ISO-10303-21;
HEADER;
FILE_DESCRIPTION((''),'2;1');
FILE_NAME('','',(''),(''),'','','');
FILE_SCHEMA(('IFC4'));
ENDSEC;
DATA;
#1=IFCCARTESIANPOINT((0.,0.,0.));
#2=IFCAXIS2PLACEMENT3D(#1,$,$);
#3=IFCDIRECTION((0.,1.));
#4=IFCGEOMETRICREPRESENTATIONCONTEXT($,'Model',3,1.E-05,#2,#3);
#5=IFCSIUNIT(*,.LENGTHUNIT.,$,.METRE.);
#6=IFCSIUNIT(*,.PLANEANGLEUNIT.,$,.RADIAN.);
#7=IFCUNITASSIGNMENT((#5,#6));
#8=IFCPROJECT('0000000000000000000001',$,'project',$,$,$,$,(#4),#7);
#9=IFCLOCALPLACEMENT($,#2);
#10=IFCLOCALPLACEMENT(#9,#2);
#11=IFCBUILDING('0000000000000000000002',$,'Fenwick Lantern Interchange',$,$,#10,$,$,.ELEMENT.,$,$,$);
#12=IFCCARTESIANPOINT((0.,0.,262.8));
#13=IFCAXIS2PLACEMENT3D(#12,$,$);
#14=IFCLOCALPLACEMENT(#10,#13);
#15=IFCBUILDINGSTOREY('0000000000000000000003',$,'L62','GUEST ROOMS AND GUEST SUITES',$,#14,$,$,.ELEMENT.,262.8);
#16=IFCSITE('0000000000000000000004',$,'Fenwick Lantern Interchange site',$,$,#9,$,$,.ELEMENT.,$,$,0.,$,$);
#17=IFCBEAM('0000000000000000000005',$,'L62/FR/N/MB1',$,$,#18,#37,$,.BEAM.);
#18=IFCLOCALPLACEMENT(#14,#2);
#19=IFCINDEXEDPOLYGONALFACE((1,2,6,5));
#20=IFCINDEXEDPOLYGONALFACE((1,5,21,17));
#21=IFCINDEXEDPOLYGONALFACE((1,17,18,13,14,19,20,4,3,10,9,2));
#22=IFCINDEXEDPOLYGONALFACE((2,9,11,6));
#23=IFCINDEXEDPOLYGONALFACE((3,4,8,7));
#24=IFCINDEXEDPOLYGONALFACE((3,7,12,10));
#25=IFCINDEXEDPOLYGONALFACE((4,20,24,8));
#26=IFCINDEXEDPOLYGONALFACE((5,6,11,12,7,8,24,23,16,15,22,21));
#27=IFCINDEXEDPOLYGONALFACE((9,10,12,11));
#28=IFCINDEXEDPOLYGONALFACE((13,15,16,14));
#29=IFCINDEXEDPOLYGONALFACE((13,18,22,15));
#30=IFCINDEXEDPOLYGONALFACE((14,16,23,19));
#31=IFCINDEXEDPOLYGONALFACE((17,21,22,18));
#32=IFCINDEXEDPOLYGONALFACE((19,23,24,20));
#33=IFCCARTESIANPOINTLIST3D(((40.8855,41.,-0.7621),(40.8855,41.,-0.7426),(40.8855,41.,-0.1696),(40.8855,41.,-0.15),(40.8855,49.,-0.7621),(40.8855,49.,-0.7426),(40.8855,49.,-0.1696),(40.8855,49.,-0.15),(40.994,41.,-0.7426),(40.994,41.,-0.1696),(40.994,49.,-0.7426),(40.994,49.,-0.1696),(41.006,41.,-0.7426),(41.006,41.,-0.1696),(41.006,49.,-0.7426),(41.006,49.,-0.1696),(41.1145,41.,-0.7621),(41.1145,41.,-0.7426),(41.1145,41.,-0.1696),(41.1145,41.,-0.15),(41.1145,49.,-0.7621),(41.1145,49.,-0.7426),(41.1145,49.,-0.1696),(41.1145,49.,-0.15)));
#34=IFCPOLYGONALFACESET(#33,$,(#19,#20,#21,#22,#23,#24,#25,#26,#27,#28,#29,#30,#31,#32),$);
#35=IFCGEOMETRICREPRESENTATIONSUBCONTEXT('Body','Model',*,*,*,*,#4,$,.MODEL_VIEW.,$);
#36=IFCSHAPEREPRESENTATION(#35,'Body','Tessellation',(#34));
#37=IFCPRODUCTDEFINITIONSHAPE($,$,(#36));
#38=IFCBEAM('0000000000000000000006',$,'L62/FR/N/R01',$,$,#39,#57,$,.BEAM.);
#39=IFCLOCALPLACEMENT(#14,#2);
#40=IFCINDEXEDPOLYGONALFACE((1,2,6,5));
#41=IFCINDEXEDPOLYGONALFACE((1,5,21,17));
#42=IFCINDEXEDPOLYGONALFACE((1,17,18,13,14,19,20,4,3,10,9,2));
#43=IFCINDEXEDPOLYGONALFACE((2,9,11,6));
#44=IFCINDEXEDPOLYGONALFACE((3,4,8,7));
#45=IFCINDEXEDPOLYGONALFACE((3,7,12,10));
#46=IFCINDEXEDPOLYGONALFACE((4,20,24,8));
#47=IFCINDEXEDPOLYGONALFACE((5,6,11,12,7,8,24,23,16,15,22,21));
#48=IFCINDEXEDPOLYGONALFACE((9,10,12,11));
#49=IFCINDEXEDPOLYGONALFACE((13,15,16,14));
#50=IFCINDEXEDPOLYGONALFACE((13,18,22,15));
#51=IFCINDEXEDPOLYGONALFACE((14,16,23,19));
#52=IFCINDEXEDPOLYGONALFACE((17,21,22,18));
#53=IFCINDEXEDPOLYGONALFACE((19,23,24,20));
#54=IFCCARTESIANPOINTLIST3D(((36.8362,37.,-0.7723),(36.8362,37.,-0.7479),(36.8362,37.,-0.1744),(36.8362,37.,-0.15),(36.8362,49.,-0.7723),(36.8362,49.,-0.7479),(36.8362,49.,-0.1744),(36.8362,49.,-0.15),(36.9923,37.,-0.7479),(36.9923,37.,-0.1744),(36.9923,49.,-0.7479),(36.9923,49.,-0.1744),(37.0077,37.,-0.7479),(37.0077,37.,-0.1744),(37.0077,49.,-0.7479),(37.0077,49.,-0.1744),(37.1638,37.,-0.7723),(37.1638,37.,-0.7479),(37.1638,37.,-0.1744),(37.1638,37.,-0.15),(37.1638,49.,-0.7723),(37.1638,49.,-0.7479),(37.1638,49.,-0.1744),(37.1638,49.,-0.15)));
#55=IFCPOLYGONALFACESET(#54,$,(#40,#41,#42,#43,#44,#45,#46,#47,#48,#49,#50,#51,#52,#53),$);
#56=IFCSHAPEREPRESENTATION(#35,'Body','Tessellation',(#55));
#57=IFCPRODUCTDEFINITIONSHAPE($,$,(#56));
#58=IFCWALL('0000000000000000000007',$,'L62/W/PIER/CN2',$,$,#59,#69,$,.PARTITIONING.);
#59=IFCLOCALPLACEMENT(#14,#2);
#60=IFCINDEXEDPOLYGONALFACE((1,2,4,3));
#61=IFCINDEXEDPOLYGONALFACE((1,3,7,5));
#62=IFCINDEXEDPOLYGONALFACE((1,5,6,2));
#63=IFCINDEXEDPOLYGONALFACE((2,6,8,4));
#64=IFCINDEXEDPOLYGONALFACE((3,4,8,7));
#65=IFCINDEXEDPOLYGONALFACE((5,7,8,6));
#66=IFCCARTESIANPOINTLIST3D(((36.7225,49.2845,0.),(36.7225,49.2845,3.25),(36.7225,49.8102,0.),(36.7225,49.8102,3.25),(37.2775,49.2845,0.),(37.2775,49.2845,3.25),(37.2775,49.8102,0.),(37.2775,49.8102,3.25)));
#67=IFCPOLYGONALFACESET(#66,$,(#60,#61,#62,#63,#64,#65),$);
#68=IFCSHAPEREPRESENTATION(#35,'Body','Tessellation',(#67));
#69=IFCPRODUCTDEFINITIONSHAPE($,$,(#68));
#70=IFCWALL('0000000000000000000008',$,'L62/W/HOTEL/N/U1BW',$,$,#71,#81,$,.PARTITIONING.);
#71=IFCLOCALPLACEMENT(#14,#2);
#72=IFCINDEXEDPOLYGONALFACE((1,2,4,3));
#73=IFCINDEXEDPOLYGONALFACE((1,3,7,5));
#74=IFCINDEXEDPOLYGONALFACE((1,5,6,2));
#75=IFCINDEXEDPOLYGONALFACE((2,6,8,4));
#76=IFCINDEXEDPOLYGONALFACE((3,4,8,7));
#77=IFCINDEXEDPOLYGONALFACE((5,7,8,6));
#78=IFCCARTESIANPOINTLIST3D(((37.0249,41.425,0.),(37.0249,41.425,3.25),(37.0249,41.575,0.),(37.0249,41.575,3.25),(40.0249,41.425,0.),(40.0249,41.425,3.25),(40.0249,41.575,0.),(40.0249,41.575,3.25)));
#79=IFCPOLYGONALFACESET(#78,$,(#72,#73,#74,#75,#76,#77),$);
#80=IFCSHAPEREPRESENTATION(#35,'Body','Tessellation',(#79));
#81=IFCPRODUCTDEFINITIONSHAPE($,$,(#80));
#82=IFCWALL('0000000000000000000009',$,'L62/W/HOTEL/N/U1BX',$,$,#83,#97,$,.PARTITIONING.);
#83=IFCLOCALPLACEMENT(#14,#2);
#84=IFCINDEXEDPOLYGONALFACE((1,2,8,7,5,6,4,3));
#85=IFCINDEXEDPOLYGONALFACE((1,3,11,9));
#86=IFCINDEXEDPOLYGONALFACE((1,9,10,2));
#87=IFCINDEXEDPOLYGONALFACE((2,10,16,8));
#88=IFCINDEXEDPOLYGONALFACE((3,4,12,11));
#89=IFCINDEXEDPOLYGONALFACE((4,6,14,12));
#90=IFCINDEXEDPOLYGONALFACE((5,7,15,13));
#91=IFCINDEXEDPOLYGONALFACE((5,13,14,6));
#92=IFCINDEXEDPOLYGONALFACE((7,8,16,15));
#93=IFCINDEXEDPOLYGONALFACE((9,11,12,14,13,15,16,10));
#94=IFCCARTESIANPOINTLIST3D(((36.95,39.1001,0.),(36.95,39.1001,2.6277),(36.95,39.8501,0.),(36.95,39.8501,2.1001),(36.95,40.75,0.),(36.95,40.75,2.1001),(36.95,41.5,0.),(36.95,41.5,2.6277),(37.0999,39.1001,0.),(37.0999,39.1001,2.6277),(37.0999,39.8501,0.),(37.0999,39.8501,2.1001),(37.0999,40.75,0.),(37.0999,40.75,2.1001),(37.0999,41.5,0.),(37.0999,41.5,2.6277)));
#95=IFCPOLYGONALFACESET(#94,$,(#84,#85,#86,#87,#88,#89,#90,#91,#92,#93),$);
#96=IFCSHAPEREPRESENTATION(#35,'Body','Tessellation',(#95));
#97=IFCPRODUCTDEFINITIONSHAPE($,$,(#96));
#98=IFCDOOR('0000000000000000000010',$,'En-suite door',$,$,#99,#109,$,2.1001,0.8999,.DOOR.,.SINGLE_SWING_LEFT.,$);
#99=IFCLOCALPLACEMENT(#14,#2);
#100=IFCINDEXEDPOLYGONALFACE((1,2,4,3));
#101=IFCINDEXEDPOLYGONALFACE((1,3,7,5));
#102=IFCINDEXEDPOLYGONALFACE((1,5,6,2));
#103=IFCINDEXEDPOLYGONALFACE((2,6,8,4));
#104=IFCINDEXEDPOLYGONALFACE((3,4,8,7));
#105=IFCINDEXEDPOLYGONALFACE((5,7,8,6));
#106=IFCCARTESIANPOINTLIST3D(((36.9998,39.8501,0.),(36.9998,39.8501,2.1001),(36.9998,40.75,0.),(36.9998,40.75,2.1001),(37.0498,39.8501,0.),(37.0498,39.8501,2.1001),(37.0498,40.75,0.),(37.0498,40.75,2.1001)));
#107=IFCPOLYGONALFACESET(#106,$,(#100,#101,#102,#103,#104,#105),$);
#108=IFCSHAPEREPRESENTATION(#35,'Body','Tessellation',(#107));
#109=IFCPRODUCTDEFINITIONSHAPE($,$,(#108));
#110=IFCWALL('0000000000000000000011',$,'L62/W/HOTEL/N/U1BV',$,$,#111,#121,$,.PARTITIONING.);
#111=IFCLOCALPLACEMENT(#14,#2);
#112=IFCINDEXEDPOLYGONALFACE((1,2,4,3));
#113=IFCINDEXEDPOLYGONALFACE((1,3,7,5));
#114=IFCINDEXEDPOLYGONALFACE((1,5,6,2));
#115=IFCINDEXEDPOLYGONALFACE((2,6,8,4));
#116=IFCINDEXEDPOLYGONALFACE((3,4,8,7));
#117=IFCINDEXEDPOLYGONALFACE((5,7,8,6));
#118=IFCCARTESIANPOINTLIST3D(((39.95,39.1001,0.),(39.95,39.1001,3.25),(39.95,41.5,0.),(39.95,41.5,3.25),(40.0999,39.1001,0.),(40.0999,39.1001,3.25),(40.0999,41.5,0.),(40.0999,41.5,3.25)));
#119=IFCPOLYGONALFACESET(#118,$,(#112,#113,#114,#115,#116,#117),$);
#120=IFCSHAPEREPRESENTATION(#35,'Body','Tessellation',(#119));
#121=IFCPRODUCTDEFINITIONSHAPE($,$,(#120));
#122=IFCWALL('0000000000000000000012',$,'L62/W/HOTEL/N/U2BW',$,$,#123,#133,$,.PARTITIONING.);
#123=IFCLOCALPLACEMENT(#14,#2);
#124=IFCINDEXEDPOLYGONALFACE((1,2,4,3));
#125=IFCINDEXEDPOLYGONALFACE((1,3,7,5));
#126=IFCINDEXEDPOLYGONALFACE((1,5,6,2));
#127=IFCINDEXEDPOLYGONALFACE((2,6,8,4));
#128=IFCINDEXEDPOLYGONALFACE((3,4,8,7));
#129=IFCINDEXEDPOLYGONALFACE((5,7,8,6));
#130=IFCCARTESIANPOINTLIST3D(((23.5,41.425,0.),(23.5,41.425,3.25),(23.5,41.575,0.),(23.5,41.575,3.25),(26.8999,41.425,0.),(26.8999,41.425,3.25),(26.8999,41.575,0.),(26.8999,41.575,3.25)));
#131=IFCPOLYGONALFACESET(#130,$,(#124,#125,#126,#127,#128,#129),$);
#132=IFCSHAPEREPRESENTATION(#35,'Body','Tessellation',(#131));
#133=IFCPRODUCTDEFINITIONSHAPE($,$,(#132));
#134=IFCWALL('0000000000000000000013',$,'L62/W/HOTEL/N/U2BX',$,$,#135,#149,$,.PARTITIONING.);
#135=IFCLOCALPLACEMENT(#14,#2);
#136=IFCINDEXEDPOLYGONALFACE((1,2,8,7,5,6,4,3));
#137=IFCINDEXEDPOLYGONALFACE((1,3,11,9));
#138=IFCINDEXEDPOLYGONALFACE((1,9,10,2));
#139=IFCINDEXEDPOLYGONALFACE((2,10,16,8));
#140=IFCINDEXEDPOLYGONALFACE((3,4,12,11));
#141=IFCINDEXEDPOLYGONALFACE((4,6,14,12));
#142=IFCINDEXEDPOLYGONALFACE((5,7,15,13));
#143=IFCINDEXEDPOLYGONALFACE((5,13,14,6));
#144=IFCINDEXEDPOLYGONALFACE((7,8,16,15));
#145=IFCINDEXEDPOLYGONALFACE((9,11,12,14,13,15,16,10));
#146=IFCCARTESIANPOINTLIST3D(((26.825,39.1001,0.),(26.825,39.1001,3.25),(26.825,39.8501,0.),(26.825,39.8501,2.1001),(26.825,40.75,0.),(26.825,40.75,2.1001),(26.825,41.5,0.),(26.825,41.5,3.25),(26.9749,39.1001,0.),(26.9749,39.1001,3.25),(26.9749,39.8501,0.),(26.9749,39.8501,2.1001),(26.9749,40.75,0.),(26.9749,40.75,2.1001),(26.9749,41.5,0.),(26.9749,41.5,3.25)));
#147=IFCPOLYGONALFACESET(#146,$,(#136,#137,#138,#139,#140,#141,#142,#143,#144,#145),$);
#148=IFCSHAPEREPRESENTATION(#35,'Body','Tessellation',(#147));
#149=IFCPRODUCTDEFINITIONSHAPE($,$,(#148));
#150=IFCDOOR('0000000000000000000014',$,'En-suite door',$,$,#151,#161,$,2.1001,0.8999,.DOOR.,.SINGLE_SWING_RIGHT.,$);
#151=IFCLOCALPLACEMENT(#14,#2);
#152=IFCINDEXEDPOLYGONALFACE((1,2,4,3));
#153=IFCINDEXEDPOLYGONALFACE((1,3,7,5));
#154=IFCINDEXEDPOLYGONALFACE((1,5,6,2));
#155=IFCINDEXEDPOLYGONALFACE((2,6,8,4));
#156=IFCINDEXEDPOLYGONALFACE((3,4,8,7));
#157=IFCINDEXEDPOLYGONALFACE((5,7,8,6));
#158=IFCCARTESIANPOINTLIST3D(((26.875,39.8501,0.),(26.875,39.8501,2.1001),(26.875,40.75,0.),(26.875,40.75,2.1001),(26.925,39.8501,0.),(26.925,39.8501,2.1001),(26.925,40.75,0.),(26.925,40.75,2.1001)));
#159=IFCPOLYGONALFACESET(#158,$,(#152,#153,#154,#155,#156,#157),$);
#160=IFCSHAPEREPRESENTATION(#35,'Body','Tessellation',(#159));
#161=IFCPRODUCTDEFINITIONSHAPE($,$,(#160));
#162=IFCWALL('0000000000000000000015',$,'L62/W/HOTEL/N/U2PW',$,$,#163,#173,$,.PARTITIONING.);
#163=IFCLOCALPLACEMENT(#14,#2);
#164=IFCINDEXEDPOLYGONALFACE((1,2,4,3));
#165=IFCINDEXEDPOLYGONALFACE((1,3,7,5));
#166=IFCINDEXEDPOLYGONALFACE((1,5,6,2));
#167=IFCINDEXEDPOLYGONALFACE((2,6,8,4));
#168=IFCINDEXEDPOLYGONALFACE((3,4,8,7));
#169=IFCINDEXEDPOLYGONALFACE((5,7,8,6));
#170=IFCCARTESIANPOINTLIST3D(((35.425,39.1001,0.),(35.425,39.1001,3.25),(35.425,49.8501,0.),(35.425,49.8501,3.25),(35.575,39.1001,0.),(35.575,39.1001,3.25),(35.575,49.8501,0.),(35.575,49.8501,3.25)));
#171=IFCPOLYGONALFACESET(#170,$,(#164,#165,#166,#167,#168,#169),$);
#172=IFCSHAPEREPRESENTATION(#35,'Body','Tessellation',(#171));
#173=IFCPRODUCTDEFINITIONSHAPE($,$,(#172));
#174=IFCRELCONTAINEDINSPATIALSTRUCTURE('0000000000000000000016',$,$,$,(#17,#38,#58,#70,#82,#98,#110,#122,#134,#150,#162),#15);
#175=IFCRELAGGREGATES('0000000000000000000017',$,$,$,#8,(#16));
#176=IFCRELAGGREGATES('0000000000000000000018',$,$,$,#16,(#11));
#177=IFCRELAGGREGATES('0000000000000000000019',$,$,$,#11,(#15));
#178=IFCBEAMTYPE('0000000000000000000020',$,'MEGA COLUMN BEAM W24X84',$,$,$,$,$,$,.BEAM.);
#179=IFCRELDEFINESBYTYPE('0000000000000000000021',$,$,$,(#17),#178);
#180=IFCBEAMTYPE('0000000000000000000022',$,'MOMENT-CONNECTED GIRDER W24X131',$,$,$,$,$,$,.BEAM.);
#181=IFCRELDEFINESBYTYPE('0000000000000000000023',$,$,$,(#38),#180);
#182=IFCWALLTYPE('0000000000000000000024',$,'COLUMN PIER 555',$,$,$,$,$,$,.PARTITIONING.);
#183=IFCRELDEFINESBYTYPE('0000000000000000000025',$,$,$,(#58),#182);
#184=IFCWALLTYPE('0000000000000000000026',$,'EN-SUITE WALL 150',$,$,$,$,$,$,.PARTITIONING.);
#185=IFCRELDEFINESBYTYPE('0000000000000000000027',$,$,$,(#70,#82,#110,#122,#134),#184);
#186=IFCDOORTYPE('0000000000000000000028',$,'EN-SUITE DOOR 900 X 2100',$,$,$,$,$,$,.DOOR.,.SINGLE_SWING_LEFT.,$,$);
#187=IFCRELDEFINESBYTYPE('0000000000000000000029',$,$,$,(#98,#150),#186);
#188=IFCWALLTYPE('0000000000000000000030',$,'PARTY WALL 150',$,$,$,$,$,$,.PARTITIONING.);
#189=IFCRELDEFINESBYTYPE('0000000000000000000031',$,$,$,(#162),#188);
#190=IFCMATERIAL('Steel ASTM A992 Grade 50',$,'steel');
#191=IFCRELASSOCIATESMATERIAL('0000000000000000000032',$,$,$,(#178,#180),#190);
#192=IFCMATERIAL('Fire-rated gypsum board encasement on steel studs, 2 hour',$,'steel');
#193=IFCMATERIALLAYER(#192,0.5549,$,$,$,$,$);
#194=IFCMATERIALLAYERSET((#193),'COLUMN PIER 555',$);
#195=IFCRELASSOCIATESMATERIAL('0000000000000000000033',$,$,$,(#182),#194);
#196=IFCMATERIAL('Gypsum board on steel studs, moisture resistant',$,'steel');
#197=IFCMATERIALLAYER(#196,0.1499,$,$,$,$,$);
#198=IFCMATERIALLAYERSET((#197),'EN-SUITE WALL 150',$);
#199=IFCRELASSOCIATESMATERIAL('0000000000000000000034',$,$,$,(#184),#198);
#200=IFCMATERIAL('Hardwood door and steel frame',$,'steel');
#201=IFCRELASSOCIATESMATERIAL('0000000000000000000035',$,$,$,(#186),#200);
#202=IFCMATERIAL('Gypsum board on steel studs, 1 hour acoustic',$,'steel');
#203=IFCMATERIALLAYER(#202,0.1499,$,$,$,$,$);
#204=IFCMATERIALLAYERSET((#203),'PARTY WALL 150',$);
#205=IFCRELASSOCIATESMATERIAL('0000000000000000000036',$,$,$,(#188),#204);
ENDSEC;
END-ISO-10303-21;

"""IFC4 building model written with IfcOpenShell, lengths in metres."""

from ifc_helpers import new_model, si_unit, direction, frame, frame_2d, origin, origin_2d, place, context, subcontext, project, spatial, rectangle, i_section, extrude, material, layer, layer_set, material_profile, profile_set, type_object, element, fill, save


model = new_model("IFC4")

# Units and contexts
model_context = context("Model", 3, precision=1e-05, world=origin(), true_north=direction((0.0, 1.0)))
body_context = subcontext(model_context, "Body", "Model", "MODEL_VIEW")
ifc_project = project(units=[si_unit("LENGTHUNIT", "METRE"), si_unit("PLANEANGLEUNIT", "RADIAN")], contexts=[model_context])

# Site, building, storey
site_placement = place(None, origin())
site = spatial("IfcSite", under=ifc_project, at=site_placement, Name="Fenwick Lantern Interchange site", CompositionType="ELEMENT", RefElevation=0.0)
building_placement = place(site_placement, origin())
building = spatial("IfcBuilding", under=site, at=building_placement, Name="Fenwick Lantern Interchange", CompositionType="ELEMENT")
storey_placement = place(building_placement, frame((0.0, 0.0, 262.8)))
storey = spatial("IfcBuildingStorey", under=building, at=storey_placement, Name="L62", Description="GUEST ROOMS AND GUEST SUITES", CompositionType="ELEMENT", Elevation=262.8)

# Shared definitions
ifc_material_1 = material(Name="Steel ASTM A992 Grade 50", Category="steel")

# Beams
ifc_material_profile_1 = material_profile(ifc_material_1, i_section(OverallWidth=0.229, OverallDepth=0.6121, WebThickness=0.012, FlangeThickness=0.0195, at=origin_2d()), Name="W24X84")
ifc_profile_set_1 = profile_set([ifc_material_profile_1], Name="Steel ASTM A992 Grade 50")
beam_type_1 = type_object("IfcBeamType", Name="MEGA COLUMN BEAM W24X84", PredefinedType="BEAM", material=ifc_profile_set_1)
beam_1_placement = place(storey_placement, frame((41.0, 41.0, -0.4561), z_axis=(0.0, 1.0, 0.0), x_axis=(-1.0, 0.0, 0.0)))
element("IfcBeam", 1, at=beam_1_placement, inside=storey, type_object=beam_type_1, Name="L62/FR/N/MB1", PredefinedType="BEAM", context=body_context, shape_type="SweptSolid", body=[
    extrude(i_section(OverallWidth=0.229, OverallDepth=0.6121, WebThickness=0.012, FlangeThickness=0.0195, at=origin_2d()), origin(), (0.0, 0.0, 1.0), 8.0),
])
ifc_material_profile_2 = material_profile(ifc_material_1, i_section(OverallWidth=0.3276, OverallDepth=0.6223, WebThickness=0.0154, FlangeThickness=0.0244, at=origin_2d()), Name="W24X131")
ifc_profile_set_2 = profile_set([ifc_material_profile_2], Name="Steel ASTM A992 Grade 50")
beam_type_2 = type_object("IfcBeamType", Name="MOMENT-CONNECTED GIRDER W24X131", PredefinedType="BEAM", material=ifc_profile_set_2)
beam_2_placement = place(storey_placement, frame((37.0, 49.0, -0.4612), z_axis=(0.0, -1.0, 0.0), x_axis=(1.0, 0.0, 0.0)))
element("IfcBeam", 2, at=beam_2_placement, inside=storey, type_object=beam_type_2, Name="L62/FR/N/R01", PredefinedType="BEAM", context=body_context, shape_type="SweptSolid", body=[
    extrude(i_section(OverallWidth=0.3276, OverallDepth=0.6223, WebThickness=0.0154, FlangeThickness=0.0244, at=origin_2d()), origin(), (0.0, 0.0, 1.0), 12.0),
])

# Walls
ifc_material_2 = material(Name="Fire-rated gypsum board encasement on steel studs, 2 hour", Category="steel")
ifc_layer_1 = layer(ifc_material_2, 0.5549)
ifc_layer_set_1 = layer_set([ifc_layer_1], Name="COLUMN PIER 555")
wall_type_1 = type_object("IfcWallType", Name="COLUMN PIER 555", PredefinedType="PARTITIONING", material=ifc_layer_set_1)
wall_1_placement = place(storey_placement, frame((37.0, 49.8101, 0.0), z_axis=(0.0, 0.0, 1.0), x_axis=(0.0, -1.0, 0.0)))
element("IfcWall", 3, at=wall_1_placement, inside=storey, type_object=wall_type_1, Name="L62/W/PIER/CN2", PredefinedType="PARTITIONING", context=body_context, shape_type="SweptSolid", body=[
    extrude(rectangle(XDim=0.5256, YDim=0.5549, at=frame_2d((0.2627, 0.0))), origin(), (0.0, 0.0, 1.0), 3.25),
])
ifc_material_3 = material(Name="Gypsum board on steel studs, moisture resistant", Category="steel")
ifc_layer_2 = layer(ifc_material_3, 0.1499)
ifc_layer_set_2 = layer_set([ifc_layer_2], Name="EN-SUITE WALL 150")
wall_type_2 = type_object("IfcWallType", Name="EN-SUITE WALL 150", PredefinedType="PARTITIONING", material=ifc_layer_set_2)
wall_2_placement = place(storey_placement, frame((40.0249, 41.5, 0.0), z_axis=(0.0, 0.0, 1.0), x_axis=(-1.0, 0.0, 0.0)))
element("IfcWall", 4, at=wall_2_placement, inside=storey, type_object=wall_type_2, Name="L62/W/HOTEL/N/U1BW", PredefinedType="PARTITIONING", context=body_context, shape_type="SweptSolid", body=[
    extrude(rectangle(XDim=3.0, YDim=0.1499, at=frame_2d((1.5, 0.0))), origin(), (0.0, 0.0, 1.0), 3.25),
])

# Wall, opening, door
wall_3_placement = place(storey_placement, frame((37.0249, 41.5, 0.0), z_axis=(0.0, 0.0, 1.0), x_axis=(0.0, -1.0, 0.0)))
wall_3 = element("IfcWall", 5, at=wall_3_placement, inside=storey, type_object=wall_type_2, Name="L62/W/HOTEL/N/U1BX", PredefinedType="PARTITIONING", context=body_context, shape_type="SweptSolid", body=[
    extrude(rectangle(XDim=2.3999, YDim=0.1499, at=frame_2d((1.2, 0.0))), origin(), (0.0, 0.0, 1.0), 2.6277),
])
opening_1_placement = place(wall_3_placement, frame((0.75, 0.0, 0.0)))
opening_1 = element("IfcOpeningElement", 6, at=opening_1_placement, cuts=wall_3, PredefinedType="OPENING", context=body_context, shape_type="SweptSolid", body=[
    extrude(rectangle(XDim=0.8999, YDim=2.1001, at=frame_2d((0.45, 1.05))), frame((0.0, 0.085, 0.0), z_axis=(0.0, -1.0, 0.0), x_axis=(1.0, 0.0, 0.0)), (0.0, 0.0, 1.0), 0.1699),
])
ifc_material_4 = material(Name="Hardwood door and steel frame", Category="steel")
door_type = type_object("IfcDoorType", Name="EN-SUITE DOOR 900 X 2100", OperationType="SINGLE_SWING_LEFT", PredefinedType="DOOR", material=ifc_material_4)
door_1_placement = place(opening_1_placement, origin())
door_1 = element("IfcDoor", 7, at=door_1_placement, inside=storey, type_object=door_type, Name="En-suite door", OperationType="SINGLE_SWING_LEFT", OverallHeight=2.1001, OverallWidth=0.8999, PredefinedType="DOOR", context=body_context, shape_type="SweptSolid", body=[
    extrude(rectangle(XDim=0.8999, YDim=2.1001, at=frame_2d((0.45, 1.05))), frame((0.0, 0.0249, 0.0), z_axis=(0.0, -1.0, 0.0), x_axis=(1.0, 0.0, 0.0)), (0.0, 0.0, 1.0), 0.05),
])
fill(opening_1, door_1)

# Walls
wall_4_placement = place(storey_placement, frame((40.0249, 41.5, 0.0), z_axis=(0.0, 0.0, 1.0), x_axis=(0.0, -1.0, 0.0)))
element("IfcWall", 8, at=wall_4_placement, inside=storey, type_object=wall_type_2, Name="L62/W/HOTEL/N/U1BV", PredefinedType="PARTITIONING", context=body_context, shape_type="SweptSolid", body=[
    extrude(rectangle(XDim=2.3999, YDim=0.1499, at=frame_2d((1.2, 0.0))), origin(), (0.0, 0.0, 1.0), 3.25),
])
wall_5_placement = place(storey_placement, frame((26.8999, 41.5, 0.0), z_axis=(0.0, 0.0, 1.0), x_axis=(-1.0, 0.0, 0.0)))
element("IfcWall", 9, at=wall_5_placement, inside=storey, type_object=wall_type_2, Name="L62/W/HOTEL/N/U2BW", PredefinedType="PARTITIONING", context=body_context, shape_type="SweptSolid", body=[
    extrude(rectangle(XDim=3.3999, YDim=0.1499, at=frame_2d((1.7, 0.0))), origin(), (0.0, 0.0, 1.0), 3.25),
])

# Wall, opening, door
wall_6_placement = place(storey_placement, frame((26.8999, 41.5, 0.0), z_axis=(0.0, 0.0, 1.0), x_axis=(0.0, -1.0, 0.0)))
wall_6 = element("IfcWall", 10, at=wall_6_placement, inside=storey, type_object=wall_type_2, Name="L62/W/HOTEL/N/U2BX", PredefinedType="PARTITIONING", context=body_context, shape_type="SweptSolid", body=[
    extrude(rectangle(XDim=2.3999, YDim=0.1499, at=frame_2d((1.2, 0.0))), origin(), (0.0, 0.0, 1.0), 3.25),
])
opening_2_placement = place(wall_6_placement, frame((0.75, 0.0, 0.0)))
opening_2 = element("IfcOpeningElement", 11, at=opening_2_placement, cuts=wall_6, PredefinedType="OPENING", context=body_context, shape_type="SweptSolid", body=[
    extrude(rectangle(XDim=0.8999, YDim=2.1001, at=frame_2d((0.45, 1.05))), frame((0.0, 0.085, 0.0), z_axis=(0.0, -1.0, 0.0), x_axis=(1.0, 0.0, 0.0)), (0.0, 0.0, 1.0), 0.1699),
])
door_2_placement = place(opening_2_placement, frame((0.8999, 0.0, 0.0), z_axis=(0.0, 0.0, 1.0), x_axis=(-1.0, 0.0, 0.0)))
door_2 = element("IfcDoor", 12, at=door_2_placement, inside=storey, type_object=door_type, Name="En-suite door", OperationType="SINGLE_SWING_RIGHT", OverallHeight=2.1001, OverallWidth=0.8999, PredefinedType="DOOR", context=body_context, shape_type="SweptSolid", body=[
    extrude(rectangle(XDim=0.8999, YDim=2.1001, at=frame_2d((0.45, 1.05))), frame((0.0, 0.0249, 0.0), z_axis=(0.0, -1.0, 0.0), x_axis=(1.0, 0.0, 0.0)), (0.0, 0.0, 1.0), 0.05),
])
fill(opening_2, door_2)

# Wall
ifc_material_5 = material(Name="Gypsum board on steel studs, 1 hour acoustic", Category="steel")
ifc_layer_3 = layer(ifc_material_5, 0.1499)
ifc_layer_set_3 = layer_set([ifc_layer_3], Name="PARTY WALL 150")
wall_type_3 = type_object("IfcWallType", Name="PARTY WALL 150", PredefinedType="PARTITIONING", material=ifc_layer_set_3)
wall_7_placement = place(storey_placement, frame((35.5, 49.8501, 0.0), z_axis=(0.0, 0.0, 1.0), x_axis=(0.0, -1.0, 0.0)))
element("IfcWall", 13, at=wall_7_placement, inside=storey, type_object=wall_type_3, Name="L62/W/HOTEL/N/U2PW", PredefinedType="PARTITIONING", context=body_context, shape_type="SweptSolid", body=[
    extrude(rectangle(XDim=10.75, YDim=0.1499, at=frame_2d((5.375, 0.0))), origin(), (0.0, 0.0, 1.0), 3.25),
])

save(model, "model.ifc")
